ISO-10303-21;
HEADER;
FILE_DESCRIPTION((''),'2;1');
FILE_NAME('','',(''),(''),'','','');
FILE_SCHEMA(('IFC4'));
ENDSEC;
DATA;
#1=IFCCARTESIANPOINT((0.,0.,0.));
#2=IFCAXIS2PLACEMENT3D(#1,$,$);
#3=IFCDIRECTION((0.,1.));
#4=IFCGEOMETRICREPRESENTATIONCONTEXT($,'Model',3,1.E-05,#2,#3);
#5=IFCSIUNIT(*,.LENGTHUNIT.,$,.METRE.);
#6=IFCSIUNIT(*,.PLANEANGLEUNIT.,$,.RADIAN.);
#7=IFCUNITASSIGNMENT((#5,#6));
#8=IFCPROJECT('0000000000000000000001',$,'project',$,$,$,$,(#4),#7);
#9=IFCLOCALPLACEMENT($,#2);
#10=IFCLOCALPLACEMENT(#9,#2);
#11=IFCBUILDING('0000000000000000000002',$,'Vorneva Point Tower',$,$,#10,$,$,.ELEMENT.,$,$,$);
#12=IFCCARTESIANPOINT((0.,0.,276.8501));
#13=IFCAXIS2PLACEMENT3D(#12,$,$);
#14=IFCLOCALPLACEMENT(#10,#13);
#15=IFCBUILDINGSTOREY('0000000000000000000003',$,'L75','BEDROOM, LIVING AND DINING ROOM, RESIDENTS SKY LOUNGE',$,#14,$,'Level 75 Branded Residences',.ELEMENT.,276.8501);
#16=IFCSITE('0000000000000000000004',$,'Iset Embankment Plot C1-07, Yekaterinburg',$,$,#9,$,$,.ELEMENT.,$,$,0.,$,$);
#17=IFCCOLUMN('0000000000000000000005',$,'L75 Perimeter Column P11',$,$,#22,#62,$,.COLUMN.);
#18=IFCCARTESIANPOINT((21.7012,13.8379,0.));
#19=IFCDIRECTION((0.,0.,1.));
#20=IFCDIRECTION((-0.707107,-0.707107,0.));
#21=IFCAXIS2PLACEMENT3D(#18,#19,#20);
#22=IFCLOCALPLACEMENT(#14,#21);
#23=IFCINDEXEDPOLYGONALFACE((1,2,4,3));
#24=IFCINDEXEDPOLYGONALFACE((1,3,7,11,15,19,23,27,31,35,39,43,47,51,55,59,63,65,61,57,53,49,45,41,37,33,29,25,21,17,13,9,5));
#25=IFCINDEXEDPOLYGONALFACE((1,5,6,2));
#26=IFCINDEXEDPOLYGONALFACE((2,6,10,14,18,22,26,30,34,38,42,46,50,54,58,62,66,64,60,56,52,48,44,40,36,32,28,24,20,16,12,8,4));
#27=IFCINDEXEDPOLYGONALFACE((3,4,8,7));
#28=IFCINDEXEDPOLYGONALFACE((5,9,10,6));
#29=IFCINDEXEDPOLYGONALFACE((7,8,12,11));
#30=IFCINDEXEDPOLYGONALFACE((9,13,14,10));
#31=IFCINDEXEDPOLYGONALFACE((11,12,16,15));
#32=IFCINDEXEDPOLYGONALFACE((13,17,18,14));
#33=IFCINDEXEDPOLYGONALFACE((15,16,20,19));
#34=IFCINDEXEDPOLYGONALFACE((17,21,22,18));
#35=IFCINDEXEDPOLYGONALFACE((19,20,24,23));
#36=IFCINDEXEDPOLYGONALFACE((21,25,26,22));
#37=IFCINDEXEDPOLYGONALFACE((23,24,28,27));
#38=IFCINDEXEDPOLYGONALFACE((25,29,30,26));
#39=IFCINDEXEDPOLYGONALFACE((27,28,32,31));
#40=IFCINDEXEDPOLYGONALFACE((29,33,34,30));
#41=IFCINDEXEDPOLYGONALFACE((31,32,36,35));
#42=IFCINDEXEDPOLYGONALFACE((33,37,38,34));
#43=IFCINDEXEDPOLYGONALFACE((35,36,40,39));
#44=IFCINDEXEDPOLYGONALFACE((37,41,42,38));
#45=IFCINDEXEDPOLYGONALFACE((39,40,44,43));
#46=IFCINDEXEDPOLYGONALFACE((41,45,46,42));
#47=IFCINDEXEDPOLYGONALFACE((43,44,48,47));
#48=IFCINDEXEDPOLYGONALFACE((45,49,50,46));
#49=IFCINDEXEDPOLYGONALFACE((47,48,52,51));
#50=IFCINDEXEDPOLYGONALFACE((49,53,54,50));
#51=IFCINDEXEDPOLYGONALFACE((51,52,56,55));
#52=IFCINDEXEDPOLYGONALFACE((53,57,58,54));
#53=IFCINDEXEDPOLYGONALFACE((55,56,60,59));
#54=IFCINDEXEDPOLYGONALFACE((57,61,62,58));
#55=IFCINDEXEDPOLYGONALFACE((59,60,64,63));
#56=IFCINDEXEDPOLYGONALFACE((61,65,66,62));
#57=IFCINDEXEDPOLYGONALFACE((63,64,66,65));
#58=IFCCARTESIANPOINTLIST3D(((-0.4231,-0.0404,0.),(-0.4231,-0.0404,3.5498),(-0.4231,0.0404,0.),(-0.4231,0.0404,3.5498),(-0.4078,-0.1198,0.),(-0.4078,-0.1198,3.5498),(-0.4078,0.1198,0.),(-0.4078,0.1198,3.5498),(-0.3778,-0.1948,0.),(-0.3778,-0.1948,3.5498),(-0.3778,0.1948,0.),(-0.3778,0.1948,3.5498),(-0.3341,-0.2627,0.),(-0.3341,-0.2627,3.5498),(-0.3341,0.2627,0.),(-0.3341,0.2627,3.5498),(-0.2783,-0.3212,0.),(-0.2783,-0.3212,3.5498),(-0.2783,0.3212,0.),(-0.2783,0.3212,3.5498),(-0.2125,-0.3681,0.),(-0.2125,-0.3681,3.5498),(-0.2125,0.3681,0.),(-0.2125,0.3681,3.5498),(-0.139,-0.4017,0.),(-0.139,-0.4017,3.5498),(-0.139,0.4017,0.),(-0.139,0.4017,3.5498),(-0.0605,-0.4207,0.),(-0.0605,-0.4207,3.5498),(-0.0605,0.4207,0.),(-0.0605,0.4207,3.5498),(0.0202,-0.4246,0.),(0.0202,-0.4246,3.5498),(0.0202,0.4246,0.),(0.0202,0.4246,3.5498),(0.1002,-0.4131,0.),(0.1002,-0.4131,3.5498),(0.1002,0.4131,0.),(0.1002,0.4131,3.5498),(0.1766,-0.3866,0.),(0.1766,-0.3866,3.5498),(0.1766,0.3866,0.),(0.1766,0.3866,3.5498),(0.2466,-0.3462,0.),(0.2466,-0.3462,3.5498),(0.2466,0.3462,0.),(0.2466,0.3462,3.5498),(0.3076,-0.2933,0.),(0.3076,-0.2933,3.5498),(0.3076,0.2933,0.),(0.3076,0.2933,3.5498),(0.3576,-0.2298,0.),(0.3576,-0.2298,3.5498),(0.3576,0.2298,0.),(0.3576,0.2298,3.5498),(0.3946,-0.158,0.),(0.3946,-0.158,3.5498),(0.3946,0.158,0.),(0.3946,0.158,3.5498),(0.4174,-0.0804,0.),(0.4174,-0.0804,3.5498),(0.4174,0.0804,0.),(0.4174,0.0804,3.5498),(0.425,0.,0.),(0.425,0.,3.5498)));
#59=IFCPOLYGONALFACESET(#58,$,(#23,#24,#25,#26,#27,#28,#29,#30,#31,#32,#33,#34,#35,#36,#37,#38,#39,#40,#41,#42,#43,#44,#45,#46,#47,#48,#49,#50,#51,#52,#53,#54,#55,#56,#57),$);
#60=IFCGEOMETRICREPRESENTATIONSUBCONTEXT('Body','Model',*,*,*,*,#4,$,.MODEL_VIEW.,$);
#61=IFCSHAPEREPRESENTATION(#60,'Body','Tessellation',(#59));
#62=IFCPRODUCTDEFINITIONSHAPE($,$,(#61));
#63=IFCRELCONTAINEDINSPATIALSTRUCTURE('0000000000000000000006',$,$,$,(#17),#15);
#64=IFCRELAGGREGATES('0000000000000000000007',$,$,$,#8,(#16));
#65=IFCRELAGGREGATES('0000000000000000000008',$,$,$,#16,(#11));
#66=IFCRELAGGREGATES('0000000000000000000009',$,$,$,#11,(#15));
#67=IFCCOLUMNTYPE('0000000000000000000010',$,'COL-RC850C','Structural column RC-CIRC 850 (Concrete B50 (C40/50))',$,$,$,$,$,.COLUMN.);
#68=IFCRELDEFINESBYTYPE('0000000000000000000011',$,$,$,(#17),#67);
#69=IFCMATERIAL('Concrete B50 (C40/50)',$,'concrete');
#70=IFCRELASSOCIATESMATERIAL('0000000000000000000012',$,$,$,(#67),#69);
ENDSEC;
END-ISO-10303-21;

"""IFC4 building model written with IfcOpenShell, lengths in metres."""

from ifc_helpers import new_model, si_unit, direction, frame, origin, origin_2d, place, context, subcontext, project, spatial, circle, extrude, material, material_profile, profile_set, type_object, element, save


model = new_model("IFC4")

# Units and contexts
model_context = context("Model", 3, precision=1e-05, world=origin(), true_north=direction((0.0, 1.0)))
body_context = subcontext(model_context, "Body", "Model", "MODEL_VIEW")
ifc_project = project(units=[si_unit("LENGTHUNIT", "METRE"), si_unit("PLANEANGLEUNIT", "RADIAN")], contexts=[model_context])

# Site, building, storey
site_placement = place(None, origin())
site = spatial("IfcSite", under=ifc_project, at=site_placement, Name="Iset Embankment Plot C1-07, Yekaterinburg", CompositionType="ELEMENT", RefElevation=0.0)
building_placement = place(site_placement, origin())
building = spatial("IfcBuilding", under=site, at=building_placement, Name="Vorneva Point Tower", CompositionType="ELEMENT")
storey_placement = place(building_placement, frame((0.0, 0.0, 276.8501)))
storey = spatial("IfcBuildingStorey", under=building, at=storey_placement, Name="L75", Description="BEDROOM, LIVING AND DINING ROOM, RESIDENTS SKY LOUNGE", LongName="Level 75 Branded Residences", CompositionType="ELEMENT", Elevation=276.8501)

# Column
ifc_material_1 = material(Name="Concrete B50 (C40/50)", Category="concrete")
ifc_material_profile_1 = material_profile(ifc_material_1, circle(Radius=0.425, at=origin_2d()), Name="RC-CIRC 850")
ifc_profile_set_1 = profile_set([ifc_material_profile_1], Name="Concrete B50 (C40/50)")
column_type_1 = type_object("IfcColumnType", Name="COL-RC850C", Description="Structural column RC-CIRC 850 (Concrete B50 (C40/50))", PredefinedType="COLUMN", material=ifc_profile_set_1)
column_1_placement = place(storey_placement, frame((21.7012, 13.8379, 0.0), z_axis=(0.0, 0.0, 1.0), x_axis=(-0.707107, -0.707107, 0.0)))
element("IfcColumn", 1, at=column_1_placement, inside=storey, type_object=column_type_1, Name="L75 Perimeter Column P11", PredefinedType="COLUMN", context=body_context, shape_type="SweptSolid", body=[
    extrude(circle(Radius=0.425, at=origin_2d()), origin(), (0.0, 0.0, 1.0), 3.5498),
])

save(model, "model.ifc")
